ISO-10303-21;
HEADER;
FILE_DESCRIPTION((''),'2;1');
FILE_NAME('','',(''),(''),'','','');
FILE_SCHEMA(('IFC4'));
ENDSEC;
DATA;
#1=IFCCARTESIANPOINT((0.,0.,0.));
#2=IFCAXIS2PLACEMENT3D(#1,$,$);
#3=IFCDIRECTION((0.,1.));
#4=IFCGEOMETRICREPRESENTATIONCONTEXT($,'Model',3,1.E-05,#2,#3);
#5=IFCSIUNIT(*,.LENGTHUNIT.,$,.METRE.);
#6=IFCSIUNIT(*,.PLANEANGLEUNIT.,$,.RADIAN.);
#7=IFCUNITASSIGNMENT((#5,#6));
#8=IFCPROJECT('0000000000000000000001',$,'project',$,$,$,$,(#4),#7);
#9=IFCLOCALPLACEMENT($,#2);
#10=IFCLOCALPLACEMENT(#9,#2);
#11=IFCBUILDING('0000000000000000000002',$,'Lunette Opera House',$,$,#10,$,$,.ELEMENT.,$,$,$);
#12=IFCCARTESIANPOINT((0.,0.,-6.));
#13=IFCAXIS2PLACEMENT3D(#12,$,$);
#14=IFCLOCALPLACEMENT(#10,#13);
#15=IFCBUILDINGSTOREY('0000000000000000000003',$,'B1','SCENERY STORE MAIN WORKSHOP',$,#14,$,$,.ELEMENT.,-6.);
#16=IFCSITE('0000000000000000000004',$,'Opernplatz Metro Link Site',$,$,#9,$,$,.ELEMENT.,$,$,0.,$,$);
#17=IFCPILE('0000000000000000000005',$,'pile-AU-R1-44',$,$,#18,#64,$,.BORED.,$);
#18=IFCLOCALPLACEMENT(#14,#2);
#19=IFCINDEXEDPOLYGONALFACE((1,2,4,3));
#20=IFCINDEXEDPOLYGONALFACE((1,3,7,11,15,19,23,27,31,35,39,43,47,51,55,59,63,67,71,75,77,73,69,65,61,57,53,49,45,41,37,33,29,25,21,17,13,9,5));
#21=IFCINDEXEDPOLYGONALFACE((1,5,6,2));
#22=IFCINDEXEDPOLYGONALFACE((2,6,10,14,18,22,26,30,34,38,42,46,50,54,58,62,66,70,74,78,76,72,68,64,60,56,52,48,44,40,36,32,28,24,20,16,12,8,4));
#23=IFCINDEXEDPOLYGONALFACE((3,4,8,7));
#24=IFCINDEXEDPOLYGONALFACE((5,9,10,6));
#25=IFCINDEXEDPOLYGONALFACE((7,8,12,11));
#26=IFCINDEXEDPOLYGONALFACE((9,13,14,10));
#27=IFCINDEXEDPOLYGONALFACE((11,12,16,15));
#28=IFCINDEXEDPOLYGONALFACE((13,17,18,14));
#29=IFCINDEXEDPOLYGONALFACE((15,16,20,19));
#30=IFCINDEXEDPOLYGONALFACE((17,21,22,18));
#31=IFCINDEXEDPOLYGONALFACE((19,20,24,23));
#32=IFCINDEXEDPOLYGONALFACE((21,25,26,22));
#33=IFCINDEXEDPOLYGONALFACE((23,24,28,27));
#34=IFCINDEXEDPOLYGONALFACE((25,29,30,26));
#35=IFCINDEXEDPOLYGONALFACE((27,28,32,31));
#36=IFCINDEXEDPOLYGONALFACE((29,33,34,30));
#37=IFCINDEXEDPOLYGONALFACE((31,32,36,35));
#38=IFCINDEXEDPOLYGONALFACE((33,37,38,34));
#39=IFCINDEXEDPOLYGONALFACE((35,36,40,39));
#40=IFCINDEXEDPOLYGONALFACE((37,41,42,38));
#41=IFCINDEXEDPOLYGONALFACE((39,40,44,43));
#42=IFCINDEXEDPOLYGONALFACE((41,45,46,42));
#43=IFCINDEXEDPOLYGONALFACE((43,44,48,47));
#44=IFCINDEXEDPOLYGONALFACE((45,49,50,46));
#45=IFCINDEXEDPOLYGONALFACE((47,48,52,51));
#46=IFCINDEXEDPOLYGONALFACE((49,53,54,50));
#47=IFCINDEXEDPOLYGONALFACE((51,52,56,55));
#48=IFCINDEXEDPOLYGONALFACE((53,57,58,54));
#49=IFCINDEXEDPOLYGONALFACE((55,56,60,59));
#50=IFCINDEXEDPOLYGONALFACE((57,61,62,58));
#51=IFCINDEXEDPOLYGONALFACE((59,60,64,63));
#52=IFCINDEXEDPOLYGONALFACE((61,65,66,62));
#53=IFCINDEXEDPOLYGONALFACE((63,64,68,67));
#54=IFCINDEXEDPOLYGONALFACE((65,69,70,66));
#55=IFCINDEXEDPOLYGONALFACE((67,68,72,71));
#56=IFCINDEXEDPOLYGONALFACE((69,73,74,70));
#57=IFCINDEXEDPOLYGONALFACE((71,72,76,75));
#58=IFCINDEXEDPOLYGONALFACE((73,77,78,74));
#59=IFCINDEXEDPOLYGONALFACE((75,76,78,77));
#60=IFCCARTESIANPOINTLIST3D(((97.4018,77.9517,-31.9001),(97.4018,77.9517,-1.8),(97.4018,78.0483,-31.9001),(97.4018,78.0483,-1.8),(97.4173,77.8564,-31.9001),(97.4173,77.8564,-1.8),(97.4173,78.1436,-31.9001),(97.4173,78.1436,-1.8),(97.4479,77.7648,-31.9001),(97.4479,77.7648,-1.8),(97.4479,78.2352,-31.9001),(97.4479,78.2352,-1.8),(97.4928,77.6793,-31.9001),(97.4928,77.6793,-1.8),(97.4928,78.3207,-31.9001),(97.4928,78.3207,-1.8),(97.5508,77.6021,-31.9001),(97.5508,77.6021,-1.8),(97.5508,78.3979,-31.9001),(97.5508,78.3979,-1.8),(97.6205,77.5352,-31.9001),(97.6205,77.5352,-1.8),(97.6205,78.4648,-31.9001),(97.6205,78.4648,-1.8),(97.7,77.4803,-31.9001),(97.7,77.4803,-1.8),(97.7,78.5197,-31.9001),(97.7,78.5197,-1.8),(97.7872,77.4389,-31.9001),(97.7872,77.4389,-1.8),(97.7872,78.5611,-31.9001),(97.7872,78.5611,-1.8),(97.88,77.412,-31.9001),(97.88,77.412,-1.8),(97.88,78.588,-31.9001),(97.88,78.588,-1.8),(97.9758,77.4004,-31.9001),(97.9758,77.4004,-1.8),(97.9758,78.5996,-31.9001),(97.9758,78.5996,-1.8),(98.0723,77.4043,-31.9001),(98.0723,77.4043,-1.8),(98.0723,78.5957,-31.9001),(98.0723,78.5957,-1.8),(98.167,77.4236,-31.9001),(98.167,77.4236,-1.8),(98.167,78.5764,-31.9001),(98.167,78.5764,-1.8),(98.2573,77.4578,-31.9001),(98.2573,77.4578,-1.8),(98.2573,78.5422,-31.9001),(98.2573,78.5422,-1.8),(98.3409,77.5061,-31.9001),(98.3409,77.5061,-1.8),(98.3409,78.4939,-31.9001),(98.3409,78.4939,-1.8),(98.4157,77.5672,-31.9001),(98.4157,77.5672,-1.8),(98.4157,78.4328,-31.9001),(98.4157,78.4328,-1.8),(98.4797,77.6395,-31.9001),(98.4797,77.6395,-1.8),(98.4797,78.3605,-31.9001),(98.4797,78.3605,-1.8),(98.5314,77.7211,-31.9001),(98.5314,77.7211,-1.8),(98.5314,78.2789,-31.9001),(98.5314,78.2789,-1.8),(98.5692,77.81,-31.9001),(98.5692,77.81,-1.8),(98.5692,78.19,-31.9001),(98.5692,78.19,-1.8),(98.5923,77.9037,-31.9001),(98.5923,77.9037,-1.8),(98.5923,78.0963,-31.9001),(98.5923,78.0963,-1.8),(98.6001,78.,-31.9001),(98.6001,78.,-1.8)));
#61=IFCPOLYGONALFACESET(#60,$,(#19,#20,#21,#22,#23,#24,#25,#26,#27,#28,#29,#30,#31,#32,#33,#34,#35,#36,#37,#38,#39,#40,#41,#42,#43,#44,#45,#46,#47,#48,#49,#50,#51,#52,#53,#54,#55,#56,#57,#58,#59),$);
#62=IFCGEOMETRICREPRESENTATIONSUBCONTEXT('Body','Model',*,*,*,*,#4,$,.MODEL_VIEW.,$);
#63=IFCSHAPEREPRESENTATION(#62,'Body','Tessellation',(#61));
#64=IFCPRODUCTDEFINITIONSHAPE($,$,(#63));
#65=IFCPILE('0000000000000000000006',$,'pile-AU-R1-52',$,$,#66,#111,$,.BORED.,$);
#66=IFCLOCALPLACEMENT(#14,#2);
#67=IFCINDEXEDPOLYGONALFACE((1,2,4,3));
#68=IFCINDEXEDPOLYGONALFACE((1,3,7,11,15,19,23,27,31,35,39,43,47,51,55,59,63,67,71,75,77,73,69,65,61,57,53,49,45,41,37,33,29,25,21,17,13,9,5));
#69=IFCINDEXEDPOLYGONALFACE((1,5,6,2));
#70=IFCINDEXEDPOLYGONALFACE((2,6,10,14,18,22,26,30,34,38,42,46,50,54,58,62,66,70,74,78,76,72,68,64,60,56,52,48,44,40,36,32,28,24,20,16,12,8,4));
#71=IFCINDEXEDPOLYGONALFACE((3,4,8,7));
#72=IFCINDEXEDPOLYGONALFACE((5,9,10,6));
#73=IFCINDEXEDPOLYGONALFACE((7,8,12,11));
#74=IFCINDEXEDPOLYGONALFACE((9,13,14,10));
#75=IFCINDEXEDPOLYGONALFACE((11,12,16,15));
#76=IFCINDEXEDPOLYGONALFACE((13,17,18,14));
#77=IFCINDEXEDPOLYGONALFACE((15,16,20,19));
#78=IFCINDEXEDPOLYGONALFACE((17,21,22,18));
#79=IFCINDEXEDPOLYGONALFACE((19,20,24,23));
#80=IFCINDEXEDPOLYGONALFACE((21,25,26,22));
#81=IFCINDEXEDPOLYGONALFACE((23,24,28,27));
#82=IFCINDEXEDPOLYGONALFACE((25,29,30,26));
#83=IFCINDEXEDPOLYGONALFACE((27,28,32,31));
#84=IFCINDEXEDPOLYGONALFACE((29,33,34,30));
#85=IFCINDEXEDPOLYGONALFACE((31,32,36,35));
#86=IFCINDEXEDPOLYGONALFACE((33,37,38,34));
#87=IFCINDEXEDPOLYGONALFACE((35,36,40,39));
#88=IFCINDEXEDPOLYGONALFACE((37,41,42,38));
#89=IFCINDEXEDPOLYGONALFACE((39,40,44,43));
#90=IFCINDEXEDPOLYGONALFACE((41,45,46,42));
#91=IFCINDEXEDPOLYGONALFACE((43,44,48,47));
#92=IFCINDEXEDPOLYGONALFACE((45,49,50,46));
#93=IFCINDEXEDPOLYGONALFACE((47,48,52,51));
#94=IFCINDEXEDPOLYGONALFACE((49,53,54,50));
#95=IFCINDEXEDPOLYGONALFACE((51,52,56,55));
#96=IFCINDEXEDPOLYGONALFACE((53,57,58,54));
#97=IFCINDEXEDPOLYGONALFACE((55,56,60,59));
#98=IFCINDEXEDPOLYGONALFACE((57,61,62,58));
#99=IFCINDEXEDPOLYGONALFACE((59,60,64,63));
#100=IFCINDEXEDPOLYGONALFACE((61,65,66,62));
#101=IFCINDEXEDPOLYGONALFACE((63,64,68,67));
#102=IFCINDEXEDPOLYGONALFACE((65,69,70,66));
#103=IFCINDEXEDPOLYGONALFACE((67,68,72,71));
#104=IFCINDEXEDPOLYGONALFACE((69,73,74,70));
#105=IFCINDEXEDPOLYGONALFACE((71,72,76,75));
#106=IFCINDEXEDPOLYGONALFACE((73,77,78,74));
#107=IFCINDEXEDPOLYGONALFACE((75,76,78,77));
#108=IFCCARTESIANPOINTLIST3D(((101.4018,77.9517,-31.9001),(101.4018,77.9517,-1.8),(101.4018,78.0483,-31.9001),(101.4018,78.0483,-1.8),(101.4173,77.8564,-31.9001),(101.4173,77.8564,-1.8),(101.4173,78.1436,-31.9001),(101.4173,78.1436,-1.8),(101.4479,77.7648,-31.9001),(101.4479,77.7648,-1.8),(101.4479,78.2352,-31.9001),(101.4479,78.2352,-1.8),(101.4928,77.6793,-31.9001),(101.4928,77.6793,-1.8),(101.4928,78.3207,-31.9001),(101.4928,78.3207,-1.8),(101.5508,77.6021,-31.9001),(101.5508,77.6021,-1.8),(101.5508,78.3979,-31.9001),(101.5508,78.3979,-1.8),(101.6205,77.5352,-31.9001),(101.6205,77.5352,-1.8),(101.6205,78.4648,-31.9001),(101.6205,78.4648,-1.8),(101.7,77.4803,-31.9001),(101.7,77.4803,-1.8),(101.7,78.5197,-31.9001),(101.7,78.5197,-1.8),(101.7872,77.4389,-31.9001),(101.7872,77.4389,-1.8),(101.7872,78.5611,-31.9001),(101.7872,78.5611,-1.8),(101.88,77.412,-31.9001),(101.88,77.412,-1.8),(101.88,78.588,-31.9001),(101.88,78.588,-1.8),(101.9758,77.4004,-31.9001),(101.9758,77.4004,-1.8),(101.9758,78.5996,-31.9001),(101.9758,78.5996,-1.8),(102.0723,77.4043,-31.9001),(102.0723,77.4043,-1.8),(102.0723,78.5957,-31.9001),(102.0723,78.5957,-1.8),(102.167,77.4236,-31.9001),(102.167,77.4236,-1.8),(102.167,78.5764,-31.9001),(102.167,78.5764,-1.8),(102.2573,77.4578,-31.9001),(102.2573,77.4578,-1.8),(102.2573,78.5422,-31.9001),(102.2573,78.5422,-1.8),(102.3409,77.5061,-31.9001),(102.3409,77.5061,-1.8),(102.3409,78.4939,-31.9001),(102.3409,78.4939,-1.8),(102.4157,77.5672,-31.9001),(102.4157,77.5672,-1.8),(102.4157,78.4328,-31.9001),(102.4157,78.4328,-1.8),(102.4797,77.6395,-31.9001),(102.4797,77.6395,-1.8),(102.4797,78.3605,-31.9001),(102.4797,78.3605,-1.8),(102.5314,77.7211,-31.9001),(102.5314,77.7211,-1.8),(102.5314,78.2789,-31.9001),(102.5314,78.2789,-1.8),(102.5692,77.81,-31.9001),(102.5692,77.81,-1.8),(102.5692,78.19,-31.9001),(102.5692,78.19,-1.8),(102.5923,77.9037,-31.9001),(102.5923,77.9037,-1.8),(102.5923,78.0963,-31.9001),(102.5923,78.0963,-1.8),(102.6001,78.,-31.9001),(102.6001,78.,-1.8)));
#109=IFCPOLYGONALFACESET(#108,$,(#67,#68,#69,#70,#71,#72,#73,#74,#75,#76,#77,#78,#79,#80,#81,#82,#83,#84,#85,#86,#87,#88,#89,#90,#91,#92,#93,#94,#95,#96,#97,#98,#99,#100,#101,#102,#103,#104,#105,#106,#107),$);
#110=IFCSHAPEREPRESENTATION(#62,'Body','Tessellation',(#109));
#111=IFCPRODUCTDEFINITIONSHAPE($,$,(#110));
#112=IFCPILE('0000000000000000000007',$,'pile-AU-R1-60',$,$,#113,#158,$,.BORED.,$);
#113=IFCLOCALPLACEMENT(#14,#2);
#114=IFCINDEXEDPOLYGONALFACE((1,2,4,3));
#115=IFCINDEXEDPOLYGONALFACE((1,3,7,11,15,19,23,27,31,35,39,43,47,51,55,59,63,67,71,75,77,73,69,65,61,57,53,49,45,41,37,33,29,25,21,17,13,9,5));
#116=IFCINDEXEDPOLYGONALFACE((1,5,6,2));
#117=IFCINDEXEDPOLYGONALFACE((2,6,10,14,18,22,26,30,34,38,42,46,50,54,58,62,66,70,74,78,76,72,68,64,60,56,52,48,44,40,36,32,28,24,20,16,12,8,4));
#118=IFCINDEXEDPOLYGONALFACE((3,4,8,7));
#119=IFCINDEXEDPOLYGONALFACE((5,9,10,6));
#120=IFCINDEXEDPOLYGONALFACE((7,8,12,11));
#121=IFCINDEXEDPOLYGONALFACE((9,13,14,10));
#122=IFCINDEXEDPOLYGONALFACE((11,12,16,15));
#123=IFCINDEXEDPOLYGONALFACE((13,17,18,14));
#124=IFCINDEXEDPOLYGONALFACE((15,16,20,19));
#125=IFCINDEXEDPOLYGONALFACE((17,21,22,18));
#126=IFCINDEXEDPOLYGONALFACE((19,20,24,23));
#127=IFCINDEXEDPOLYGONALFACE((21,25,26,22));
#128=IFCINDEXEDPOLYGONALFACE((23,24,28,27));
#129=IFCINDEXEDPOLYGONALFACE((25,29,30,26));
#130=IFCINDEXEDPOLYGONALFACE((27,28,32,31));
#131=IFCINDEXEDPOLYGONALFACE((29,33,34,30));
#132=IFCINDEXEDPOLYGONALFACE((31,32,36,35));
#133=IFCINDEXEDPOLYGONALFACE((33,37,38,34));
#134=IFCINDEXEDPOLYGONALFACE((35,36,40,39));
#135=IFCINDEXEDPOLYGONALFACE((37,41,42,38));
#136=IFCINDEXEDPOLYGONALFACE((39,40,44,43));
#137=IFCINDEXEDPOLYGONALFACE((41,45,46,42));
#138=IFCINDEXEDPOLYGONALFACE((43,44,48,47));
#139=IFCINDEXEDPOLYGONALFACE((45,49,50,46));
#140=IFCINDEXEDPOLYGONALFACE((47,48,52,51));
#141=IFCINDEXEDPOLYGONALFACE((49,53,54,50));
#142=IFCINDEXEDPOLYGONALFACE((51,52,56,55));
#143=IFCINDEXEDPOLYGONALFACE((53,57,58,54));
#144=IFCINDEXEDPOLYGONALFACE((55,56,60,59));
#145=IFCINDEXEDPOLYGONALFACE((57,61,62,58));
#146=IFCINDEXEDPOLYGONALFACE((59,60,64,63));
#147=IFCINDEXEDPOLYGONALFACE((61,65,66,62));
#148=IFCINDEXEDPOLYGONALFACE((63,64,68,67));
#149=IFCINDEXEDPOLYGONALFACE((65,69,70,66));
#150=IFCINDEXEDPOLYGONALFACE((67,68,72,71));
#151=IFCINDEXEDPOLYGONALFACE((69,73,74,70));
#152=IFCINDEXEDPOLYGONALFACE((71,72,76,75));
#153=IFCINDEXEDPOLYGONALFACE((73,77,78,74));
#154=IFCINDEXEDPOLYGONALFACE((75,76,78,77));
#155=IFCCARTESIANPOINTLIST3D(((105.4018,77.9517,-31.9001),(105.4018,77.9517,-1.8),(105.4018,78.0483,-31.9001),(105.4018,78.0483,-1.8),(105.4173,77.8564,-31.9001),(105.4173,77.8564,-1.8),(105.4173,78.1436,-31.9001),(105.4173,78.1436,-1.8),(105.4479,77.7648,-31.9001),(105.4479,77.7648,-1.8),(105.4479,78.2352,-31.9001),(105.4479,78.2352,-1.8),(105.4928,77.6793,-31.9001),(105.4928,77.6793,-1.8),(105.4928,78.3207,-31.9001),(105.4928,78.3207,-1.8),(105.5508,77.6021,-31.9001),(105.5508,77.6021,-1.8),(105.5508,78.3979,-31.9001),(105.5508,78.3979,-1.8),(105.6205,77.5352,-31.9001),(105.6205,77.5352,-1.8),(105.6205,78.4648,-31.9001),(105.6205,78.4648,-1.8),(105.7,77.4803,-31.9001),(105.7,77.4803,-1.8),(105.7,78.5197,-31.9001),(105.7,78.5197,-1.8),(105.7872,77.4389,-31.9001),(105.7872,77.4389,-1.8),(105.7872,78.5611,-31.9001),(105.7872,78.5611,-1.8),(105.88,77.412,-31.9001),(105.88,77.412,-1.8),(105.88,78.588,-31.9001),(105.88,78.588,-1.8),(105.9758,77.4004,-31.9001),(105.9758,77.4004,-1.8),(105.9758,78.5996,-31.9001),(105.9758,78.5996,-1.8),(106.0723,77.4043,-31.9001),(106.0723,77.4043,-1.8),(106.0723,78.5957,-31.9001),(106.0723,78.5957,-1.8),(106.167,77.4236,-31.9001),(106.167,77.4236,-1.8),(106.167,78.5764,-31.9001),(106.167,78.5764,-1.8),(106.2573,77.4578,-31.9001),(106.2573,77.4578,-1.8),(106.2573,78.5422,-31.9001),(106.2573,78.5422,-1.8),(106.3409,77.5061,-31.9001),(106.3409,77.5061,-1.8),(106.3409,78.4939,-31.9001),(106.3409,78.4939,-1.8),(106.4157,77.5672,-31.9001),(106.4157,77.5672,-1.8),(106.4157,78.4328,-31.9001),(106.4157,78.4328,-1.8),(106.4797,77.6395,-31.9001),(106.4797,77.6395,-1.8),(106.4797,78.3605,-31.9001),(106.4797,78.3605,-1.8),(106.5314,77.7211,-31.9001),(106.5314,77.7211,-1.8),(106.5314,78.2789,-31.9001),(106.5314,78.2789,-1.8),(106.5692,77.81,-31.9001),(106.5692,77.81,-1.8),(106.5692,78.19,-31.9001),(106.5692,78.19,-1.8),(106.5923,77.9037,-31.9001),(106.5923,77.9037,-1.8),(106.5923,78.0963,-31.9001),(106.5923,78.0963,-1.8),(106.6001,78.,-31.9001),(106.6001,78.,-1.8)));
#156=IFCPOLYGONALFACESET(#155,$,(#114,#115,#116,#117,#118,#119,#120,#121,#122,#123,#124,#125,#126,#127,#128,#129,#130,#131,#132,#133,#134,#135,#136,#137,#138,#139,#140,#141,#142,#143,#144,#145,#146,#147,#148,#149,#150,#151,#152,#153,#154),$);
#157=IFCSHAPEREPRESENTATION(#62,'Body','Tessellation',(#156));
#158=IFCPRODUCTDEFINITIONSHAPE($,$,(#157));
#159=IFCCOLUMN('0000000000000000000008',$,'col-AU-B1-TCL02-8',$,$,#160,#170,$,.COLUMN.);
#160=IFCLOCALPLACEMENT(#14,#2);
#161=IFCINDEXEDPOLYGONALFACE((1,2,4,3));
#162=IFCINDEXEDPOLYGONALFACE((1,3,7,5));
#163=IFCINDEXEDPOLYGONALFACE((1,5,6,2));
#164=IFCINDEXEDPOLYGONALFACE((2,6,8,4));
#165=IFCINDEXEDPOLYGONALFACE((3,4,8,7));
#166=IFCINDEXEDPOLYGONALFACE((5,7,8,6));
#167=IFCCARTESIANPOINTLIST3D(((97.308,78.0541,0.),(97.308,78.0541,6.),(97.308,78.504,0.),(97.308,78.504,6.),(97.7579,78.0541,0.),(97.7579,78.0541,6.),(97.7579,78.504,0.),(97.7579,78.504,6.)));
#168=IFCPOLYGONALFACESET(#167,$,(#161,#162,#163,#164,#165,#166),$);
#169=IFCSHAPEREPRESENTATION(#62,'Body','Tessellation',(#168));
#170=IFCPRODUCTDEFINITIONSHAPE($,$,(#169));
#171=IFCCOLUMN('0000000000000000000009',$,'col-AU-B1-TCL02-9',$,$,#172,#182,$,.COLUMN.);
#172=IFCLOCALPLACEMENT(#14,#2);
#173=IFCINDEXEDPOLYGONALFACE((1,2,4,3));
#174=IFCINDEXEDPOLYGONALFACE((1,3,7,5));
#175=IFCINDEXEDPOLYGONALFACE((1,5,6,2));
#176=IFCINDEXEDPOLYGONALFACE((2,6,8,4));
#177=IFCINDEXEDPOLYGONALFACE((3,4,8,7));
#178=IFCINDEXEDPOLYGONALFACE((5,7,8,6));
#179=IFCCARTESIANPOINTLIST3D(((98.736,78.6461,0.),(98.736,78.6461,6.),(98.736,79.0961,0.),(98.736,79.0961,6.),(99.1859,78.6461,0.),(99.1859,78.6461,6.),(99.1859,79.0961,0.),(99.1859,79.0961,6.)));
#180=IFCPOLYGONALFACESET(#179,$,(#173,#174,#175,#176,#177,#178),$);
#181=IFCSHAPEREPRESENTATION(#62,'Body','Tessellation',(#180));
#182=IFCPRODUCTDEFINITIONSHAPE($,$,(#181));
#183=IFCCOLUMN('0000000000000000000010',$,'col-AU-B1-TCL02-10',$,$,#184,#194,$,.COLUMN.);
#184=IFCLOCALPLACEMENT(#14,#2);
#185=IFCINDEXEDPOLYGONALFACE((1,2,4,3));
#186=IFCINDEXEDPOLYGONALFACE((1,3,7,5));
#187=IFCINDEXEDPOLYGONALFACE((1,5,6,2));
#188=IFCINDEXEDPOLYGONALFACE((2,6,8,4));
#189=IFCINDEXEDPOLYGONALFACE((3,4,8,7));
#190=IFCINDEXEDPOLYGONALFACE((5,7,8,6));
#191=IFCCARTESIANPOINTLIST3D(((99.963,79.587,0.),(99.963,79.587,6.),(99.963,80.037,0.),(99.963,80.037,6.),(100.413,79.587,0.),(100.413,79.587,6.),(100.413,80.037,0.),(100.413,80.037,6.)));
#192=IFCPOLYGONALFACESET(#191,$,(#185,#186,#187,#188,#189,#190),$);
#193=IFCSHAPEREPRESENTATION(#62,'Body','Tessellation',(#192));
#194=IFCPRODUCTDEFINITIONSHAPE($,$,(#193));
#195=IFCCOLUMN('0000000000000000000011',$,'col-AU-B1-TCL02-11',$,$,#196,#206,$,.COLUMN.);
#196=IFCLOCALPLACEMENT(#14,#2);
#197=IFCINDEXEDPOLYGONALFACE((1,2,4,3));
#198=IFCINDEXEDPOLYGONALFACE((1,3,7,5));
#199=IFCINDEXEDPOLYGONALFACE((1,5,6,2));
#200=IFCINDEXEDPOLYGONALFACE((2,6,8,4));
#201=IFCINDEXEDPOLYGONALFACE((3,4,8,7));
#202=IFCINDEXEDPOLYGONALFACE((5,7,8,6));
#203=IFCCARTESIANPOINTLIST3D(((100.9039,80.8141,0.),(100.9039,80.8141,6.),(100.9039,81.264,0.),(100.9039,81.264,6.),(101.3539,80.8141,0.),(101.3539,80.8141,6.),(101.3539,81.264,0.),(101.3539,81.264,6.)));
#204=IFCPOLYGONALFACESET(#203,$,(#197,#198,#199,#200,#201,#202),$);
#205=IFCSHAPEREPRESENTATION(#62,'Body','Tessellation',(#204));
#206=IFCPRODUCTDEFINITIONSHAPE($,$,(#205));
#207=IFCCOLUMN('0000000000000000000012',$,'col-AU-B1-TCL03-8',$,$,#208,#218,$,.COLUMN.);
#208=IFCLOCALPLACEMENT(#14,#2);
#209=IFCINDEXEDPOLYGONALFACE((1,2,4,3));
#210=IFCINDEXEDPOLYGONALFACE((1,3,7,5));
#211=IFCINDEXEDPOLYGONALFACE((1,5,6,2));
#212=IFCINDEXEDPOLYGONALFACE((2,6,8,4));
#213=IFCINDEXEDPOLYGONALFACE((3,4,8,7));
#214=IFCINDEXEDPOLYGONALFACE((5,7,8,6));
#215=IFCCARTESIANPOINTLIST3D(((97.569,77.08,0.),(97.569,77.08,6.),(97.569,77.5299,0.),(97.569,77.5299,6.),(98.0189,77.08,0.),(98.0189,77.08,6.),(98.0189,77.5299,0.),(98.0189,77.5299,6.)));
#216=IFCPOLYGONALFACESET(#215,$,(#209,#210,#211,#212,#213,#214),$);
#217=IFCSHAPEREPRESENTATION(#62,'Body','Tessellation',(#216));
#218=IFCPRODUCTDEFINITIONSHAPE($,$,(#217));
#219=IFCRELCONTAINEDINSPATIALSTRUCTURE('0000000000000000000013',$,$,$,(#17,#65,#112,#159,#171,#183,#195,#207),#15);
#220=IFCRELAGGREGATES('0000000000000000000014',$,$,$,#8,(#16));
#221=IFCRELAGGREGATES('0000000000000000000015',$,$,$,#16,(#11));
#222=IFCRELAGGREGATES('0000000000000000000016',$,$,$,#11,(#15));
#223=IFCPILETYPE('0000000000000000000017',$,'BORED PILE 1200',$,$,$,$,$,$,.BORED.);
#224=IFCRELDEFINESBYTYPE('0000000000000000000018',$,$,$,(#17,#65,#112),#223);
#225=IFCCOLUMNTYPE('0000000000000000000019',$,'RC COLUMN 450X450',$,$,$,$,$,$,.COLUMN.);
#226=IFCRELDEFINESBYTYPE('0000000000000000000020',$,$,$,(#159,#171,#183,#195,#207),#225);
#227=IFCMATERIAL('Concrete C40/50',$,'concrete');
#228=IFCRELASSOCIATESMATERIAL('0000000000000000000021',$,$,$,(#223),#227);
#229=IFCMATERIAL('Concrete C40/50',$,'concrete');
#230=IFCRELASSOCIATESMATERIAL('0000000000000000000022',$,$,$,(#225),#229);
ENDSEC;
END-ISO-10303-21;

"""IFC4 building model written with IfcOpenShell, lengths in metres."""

from ifc_helpers import new_model, si_unit, direction, frame, origin, origin_2d, place, context, subcontext, project, spatial, rectangle, circle, extrude, material, material_profile, profile_set, type_object, element, save


model = new_model("IFC4")

# Units and contexts
model_context = context("Model", 3, precision=1e-05, world=origin(), true_north=direction((0.0, 1.0)))
body_context = subcontext(model_context, "Body", "Model", "MODEL_VIEW")
ifc_project = project(units=[si_unit("LENGTHUNIT", "METRE"), si_unit("PLANEANGLEUNIT", "RADIAN")], contexts=[model_context])

# Site, building, storey
site_placement = place(None, origin())
site = spatial("IfcSite", under=ifc_project, at=site_placement, Name="Opernplatz Metro Link Site", CompositionType="ELEMENT", RefElevation=0.0)
building_placement = place(site_placement, origin())
building = spatial("IfcBuilding", under=site, at=building_placement, Name="Lunette Opera House", CompositionType="ELEMENT")
storey_placement = place(building_placement, frame((0.0, 0.0, -6.0)))
storey = spatial("IfcBuildingStorey", under=building, at=storey_placement, Name="B1", Description="SCENERY STORE MAIN WORKSHOP", CompositionType="ELEMENT", Elevation=-6.0)

# Piles
ifc_material_1 = material(Name="Concrete C40/50", Category="concrete")
ifc_material_profile_1 = material_profile(ifc_material_1, circle(Radius=0.6001, at=origin_2d()), Name="BORED PILE 1200")
ifc_profile_set_1 = profile_set([ifc_material_profile_1], Name="Concrete C40/50")
pile_type = type_object("IfcPileType", Name="BORED PILE 1200", PredefinedType="BORED", material=ifc_profile_set_1)
for number, where, z_axis, x_axis, name in (
    (1, (98.0, 78.0, -1.8), (0.0, 0.0, -1.0), (1.0, 0.0, 0.0), "pile-AU-R1-44"),
    (2, (102.0, 78.0, -1.8), (0.0, 0.0, -1.0), (1.0, 0.0, 0.0), "pile-AU-R1-52"),
    (3, (106.0, 78.0, -1.8), (0.0, 0.0, -1.0), (1.0, 0.0, 0.0), "pile-AU-R1-60"),
):
    element("IfcPile", number, at=place(storey_placement, frame(where, z_axis=z_axis, x_axis=x_axis)), inside=storey, type_object=pile_type, Name=name, PredefinedType="BORED", context=body_context, shape_type="SweptSolid", body=[
        extrude(circle(Radius=0.6001, at=origin_2d()), origin(), (0.0, 0.0, 1.0), 30.1001),
    ])

# Columns
ifc_material_2 = material(Name="Concrete C40/50", Category="concrete")
ifc_material_profile_2 = material_profile(ifc_material_2, rectangle(XDim=0.45, YDim=0.45, at=origin_2d()), Name="RC COLUMN 450X450")
ifc_profile_set_2 = profile_set([ifc_material_profile_2], Name="Concrete C40/50")
column_type_1 = type_object("IfcColumnType", Name="RC COLUMN 450X450", PredefinedType="COLUMN", material=ifc_profile_set_2)
for number, where, z_axis, x_axis, name in (
    (4, (97.533, 78.2791, 0.0), (0.0, 0.0, 1.0), (1.0, 0.0, 0.0), "col-AU-B1-TCL02-8"),
    (5, (98.9609, 78.8711, 0.0), (0.0, 0.0, 1.0), (1.0, 0.0, 0.0), "col-AU-B1-TCL02-9"),
    (6, (100.188, 79.812, 0.0), (0.0, 0.0, 1.0), (1.0, 0.0, 0.0), "col-AU-B1-TCL02-10"),
    (7, (101.1289, 81.0391, 0.0), (0.0, 0.0, 1.0), (1.0, 0.0, 0.0), "col-AU-B1-TCL02-11"),
    (8, (97.7939, 77.3049, 0.0), (0.0, 0.0, 1.0), (1.0, 0.0, 0.0), "col-AU-B1-TCL03-8"),
):
    element("IfcColumn", number, at=place(storey_placement, frame(where, z_axis=z_axis, x_axis=x_axis)), inside=storey, type_object=column_type_1, Name=name, PredefinedType="COLUMN", context=body_context, shape_type="SweptSolid", body=[
        extrude(rectangle(XDim=0.45, YDim=0.45, at=origin_2d()), origin(), (0.0, 0.0, 1.0), 6.0),
    ])

save(model, "model.ifc")
